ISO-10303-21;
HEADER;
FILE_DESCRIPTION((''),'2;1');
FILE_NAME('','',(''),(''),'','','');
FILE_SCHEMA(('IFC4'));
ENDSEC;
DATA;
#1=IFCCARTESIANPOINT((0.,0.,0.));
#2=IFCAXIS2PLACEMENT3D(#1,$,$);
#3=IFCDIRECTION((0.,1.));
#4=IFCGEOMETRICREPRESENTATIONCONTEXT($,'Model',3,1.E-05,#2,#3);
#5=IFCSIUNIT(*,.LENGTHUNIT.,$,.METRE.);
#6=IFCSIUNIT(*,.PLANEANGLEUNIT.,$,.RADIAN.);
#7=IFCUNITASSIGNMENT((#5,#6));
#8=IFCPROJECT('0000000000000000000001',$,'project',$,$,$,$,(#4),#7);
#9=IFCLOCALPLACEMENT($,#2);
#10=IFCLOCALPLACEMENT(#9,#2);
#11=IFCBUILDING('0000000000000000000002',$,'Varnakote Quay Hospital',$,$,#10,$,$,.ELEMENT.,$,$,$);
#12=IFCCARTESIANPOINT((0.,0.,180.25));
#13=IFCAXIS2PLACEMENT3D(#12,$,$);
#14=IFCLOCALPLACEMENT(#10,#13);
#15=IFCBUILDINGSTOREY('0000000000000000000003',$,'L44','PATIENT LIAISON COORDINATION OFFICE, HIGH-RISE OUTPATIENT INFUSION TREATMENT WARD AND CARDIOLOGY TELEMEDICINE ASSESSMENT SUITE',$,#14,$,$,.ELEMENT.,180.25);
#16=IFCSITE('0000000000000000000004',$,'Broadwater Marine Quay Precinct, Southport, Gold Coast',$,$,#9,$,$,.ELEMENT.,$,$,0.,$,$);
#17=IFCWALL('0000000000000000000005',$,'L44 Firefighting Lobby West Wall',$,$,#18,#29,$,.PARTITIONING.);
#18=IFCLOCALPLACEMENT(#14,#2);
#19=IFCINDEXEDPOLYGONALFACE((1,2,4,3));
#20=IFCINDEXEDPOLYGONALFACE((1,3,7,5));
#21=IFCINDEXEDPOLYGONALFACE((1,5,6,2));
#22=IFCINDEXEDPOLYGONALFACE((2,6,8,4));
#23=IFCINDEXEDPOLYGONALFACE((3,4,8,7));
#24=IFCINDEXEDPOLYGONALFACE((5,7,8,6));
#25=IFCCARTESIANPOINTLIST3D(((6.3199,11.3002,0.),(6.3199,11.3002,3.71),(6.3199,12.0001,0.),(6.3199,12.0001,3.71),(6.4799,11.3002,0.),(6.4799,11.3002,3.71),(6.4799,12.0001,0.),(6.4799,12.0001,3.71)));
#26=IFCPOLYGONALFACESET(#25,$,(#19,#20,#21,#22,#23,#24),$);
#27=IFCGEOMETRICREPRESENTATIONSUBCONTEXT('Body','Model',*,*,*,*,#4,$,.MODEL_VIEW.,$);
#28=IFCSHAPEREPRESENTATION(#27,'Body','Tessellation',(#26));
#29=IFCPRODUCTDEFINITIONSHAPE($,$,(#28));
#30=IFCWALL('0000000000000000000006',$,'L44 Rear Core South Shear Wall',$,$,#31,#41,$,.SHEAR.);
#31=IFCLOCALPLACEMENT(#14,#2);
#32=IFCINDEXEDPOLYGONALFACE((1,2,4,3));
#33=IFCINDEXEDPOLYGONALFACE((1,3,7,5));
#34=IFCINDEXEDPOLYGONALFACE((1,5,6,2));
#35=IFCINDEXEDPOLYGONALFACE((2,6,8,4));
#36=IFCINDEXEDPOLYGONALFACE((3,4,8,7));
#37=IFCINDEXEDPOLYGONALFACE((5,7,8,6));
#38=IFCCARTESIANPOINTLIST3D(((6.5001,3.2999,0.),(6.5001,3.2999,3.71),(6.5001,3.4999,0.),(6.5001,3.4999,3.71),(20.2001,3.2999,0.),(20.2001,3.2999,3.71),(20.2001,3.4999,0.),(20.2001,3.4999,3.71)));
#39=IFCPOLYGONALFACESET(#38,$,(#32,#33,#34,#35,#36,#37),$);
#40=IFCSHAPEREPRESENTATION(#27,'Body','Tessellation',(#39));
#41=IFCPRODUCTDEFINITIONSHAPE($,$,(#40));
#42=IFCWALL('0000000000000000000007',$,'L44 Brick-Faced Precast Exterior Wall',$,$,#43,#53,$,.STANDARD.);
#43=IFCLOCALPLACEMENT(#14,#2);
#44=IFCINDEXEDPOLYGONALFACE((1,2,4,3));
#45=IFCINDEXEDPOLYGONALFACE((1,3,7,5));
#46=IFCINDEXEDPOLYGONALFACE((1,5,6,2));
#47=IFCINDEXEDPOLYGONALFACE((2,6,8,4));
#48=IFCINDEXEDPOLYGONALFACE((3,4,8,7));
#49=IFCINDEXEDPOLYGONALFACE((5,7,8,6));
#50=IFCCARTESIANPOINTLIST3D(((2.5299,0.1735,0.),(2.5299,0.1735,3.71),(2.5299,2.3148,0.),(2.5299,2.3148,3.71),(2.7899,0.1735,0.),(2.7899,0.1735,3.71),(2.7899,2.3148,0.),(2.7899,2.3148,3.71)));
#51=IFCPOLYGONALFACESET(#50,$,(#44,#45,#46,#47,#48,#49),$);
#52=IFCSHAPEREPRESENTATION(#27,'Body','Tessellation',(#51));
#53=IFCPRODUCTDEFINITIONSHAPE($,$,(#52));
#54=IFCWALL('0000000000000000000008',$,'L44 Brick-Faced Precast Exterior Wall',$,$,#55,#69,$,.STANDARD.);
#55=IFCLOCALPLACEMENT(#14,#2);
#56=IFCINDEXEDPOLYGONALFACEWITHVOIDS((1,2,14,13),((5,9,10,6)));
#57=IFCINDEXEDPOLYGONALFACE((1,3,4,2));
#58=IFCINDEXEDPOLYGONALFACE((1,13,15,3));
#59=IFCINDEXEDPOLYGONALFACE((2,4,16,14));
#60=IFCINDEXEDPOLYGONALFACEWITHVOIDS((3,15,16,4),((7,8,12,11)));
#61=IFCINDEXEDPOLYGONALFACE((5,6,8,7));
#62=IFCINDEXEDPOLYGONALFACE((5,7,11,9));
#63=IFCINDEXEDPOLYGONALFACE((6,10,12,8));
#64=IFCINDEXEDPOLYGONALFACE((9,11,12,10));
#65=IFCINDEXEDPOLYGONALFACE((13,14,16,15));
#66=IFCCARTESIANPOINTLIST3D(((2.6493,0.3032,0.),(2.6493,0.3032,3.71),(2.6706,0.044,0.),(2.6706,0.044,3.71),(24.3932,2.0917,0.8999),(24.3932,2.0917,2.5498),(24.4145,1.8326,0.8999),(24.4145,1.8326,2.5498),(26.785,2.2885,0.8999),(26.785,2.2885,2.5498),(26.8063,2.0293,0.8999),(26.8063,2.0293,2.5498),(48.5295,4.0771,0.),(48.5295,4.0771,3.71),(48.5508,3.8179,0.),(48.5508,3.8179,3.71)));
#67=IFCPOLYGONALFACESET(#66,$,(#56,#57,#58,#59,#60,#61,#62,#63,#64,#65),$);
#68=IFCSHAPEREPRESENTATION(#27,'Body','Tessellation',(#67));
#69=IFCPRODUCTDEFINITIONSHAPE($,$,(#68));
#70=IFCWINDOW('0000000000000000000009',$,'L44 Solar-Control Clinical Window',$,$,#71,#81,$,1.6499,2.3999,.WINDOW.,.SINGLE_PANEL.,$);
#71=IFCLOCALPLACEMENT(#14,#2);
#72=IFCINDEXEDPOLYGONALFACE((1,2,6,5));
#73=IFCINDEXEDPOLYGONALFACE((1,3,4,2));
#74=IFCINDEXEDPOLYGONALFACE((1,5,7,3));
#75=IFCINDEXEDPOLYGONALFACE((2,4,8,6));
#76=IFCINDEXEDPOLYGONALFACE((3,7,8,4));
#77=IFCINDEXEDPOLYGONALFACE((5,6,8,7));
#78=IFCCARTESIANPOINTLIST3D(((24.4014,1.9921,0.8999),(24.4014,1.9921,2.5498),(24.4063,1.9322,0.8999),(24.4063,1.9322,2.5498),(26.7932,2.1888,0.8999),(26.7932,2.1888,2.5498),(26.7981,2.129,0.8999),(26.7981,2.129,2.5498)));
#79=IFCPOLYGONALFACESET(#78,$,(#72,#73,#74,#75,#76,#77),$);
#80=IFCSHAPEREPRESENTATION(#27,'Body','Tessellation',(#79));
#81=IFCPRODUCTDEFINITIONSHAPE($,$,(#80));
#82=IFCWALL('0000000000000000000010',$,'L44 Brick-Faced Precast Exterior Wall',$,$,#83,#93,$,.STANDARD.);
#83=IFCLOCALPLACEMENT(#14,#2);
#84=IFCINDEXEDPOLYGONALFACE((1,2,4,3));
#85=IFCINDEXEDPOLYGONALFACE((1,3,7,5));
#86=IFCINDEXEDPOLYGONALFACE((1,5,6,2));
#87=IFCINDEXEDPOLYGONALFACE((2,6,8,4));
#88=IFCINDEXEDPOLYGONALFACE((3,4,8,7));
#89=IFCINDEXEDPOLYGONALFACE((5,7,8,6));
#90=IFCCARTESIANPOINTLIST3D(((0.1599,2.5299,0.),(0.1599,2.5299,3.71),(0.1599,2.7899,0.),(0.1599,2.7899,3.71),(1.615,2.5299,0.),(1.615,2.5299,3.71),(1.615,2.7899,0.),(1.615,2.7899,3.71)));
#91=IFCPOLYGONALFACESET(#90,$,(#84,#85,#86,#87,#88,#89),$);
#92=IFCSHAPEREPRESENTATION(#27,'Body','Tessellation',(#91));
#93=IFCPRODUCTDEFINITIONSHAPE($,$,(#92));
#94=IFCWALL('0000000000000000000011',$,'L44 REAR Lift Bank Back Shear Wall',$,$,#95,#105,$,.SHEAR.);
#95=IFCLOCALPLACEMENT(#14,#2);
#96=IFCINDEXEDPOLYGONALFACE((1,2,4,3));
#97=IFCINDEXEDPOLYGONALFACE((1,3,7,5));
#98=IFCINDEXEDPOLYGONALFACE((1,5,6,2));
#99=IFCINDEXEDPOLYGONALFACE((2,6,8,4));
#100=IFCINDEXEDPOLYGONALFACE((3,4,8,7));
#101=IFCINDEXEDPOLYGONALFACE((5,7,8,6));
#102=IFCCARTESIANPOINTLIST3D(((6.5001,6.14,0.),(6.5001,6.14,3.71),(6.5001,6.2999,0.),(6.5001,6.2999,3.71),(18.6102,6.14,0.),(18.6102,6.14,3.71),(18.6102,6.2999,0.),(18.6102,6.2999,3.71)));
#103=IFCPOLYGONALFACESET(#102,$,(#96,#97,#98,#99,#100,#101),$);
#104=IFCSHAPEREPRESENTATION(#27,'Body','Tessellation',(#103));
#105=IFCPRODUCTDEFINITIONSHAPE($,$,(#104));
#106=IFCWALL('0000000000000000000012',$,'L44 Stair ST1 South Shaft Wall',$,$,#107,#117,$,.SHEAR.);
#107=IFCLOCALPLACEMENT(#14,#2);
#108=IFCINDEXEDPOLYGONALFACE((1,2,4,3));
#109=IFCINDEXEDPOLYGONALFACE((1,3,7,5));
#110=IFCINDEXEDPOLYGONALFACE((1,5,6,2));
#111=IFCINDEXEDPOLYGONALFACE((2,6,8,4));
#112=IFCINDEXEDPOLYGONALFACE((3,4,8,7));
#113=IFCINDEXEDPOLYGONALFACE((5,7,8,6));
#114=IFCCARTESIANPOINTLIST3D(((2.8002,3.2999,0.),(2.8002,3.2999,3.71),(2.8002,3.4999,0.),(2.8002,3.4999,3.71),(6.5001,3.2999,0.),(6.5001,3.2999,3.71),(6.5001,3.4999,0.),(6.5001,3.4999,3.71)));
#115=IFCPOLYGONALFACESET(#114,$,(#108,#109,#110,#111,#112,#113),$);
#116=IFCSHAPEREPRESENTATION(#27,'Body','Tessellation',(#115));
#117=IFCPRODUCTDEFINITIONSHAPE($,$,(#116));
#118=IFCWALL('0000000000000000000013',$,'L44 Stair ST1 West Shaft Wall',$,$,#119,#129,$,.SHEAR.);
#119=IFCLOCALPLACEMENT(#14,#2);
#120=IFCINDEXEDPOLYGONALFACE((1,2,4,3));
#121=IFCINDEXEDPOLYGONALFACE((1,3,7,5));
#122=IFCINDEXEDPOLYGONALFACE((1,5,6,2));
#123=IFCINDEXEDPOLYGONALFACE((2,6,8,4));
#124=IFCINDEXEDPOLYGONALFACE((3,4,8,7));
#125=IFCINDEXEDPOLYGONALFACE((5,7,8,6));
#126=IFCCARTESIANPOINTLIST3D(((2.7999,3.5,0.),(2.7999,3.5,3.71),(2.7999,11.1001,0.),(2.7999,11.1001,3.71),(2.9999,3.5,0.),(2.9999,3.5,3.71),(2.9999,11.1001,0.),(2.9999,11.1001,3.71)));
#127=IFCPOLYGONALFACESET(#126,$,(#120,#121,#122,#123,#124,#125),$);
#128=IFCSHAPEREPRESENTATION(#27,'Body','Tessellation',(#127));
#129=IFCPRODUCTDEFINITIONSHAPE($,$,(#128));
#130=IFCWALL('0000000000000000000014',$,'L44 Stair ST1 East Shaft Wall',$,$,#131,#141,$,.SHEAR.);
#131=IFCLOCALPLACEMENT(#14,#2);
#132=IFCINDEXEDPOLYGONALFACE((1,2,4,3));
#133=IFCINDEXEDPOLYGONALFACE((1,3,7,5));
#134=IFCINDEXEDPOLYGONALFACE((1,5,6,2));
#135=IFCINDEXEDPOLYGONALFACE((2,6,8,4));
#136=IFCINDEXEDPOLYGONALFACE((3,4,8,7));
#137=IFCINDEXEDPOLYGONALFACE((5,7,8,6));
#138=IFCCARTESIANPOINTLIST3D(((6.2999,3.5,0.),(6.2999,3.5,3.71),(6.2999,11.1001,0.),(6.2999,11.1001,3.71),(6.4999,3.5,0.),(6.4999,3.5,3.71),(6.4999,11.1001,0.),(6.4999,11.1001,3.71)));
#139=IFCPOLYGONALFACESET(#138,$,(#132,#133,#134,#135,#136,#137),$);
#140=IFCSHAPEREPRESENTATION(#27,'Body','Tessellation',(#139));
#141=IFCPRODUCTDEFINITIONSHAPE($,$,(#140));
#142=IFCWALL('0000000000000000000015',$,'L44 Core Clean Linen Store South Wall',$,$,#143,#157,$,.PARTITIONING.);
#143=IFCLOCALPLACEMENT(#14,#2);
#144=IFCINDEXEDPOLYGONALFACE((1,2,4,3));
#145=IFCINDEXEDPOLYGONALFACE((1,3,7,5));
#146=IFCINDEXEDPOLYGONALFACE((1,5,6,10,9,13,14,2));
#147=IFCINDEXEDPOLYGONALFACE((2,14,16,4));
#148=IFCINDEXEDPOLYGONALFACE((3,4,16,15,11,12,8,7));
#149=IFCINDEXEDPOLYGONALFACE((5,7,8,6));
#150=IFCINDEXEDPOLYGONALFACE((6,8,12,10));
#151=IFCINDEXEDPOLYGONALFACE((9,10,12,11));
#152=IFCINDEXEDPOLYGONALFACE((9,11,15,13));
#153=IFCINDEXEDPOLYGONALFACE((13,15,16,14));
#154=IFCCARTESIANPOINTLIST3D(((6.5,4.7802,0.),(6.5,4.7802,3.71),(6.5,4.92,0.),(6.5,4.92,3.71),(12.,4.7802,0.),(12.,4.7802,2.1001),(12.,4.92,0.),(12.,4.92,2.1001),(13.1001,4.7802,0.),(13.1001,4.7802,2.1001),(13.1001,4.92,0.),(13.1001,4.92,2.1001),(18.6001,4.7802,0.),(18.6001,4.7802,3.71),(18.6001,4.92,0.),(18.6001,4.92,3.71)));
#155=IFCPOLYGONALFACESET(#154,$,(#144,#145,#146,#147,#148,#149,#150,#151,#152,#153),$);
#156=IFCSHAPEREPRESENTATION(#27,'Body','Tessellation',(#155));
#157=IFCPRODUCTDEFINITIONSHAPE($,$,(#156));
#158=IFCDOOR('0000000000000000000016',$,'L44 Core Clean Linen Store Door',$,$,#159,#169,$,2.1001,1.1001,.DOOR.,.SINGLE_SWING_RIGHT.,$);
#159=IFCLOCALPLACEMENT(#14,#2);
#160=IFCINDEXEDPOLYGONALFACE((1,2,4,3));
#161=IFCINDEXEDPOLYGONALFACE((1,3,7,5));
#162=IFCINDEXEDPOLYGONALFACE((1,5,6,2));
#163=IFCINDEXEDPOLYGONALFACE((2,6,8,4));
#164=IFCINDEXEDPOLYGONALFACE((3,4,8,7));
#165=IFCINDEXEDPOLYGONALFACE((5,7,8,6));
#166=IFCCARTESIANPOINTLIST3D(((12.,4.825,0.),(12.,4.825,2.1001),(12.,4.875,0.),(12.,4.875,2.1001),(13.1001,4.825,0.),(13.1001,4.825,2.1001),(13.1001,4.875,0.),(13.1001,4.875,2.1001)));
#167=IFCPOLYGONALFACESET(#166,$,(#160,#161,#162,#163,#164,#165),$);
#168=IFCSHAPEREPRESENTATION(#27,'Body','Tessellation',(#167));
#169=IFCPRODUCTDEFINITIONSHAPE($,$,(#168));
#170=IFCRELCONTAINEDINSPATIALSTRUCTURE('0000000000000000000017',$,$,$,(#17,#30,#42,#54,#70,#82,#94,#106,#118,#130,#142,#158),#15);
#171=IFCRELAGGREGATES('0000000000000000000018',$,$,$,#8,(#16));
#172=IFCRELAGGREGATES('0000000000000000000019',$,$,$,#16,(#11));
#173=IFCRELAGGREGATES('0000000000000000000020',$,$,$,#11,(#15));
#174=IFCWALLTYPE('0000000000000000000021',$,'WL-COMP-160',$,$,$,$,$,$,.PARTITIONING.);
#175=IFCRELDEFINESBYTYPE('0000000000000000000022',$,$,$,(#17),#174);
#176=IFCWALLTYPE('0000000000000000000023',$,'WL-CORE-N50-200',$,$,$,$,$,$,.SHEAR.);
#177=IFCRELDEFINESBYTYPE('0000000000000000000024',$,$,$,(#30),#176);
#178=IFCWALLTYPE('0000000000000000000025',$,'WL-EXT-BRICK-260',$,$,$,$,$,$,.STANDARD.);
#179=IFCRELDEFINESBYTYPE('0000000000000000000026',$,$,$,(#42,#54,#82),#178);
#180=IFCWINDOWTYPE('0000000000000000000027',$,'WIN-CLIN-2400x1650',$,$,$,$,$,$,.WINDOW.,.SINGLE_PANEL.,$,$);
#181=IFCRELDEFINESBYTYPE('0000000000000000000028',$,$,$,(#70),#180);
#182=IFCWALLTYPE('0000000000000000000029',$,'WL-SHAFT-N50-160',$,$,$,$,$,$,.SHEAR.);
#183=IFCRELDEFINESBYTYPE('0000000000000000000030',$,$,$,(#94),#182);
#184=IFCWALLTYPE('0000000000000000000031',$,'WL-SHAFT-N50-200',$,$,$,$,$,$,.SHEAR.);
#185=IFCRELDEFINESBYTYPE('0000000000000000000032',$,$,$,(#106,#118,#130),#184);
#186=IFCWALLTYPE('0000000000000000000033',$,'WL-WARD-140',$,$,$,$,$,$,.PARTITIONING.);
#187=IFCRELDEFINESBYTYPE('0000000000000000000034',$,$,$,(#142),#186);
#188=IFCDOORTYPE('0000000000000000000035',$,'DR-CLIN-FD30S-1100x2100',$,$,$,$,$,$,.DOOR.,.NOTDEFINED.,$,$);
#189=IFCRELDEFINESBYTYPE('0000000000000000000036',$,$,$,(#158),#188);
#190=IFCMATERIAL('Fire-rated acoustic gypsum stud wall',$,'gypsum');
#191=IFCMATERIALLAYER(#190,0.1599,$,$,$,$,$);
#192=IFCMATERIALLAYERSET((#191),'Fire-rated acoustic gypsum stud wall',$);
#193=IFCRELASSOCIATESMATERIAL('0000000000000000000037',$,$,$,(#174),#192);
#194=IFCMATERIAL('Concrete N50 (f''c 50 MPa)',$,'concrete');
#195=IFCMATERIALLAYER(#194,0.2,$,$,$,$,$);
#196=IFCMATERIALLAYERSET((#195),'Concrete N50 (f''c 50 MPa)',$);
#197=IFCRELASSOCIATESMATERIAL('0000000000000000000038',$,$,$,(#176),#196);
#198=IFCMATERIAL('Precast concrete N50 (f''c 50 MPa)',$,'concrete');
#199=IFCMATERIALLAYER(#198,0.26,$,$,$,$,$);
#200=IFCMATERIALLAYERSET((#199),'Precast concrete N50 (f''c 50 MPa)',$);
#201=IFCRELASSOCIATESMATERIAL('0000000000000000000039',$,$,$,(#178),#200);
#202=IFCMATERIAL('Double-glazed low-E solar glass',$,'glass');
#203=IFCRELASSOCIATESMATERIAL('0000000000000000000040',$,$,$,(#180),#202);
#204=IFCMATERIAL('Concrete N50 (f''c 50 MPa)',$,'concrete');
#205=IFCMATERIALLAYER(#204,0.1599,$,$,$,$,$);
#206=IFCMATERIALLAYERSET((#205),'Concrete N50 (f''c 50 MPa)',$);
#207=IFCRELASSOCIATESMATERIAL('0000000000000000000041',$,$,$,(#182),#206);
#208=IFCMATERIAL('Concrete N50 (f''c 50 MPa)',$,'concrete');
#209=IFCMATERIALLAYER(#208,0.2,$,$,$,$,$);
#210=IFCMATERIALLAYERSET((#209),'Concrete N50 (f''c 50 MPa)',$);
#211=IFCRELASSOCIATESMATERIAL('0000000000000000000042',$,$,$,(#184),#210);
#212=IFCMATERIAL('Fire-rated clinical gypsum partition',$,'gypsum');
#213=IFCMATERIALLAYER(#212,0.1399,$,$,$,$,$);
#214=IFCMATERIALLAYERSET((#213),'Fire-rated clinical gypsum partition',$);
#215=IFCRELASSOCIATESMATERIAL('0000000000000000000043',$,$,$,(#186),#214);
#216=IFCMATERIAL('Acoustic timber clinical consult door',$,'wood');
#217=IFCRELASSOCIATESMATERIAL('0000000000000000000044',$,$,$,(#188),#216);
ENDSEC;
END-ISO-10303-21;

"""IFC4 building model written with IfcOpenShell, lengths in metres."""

from ifc_helpers import new_model, si_unit, direction, frame, frame_2d, origin, place, context, subcontext, project, spatial, rectangle, extrude, material, layer, layer_set, type_object, element, fill, save


model = new_model("IFC4")

# Units and contexts
model_context = context("Model", 3, precision=1e-05, world=origin(), true_north=direction((0.0, 1.0)))
body_context = subcontext(model_context, "Body", "Model", "MODEL_VIEW")
ifc_project = project(units=[si_unit("LENGTHUNIT", "METRE"), si_unit("PLANEANGLEUNIT", "RADIAN")], contexts=[model_context])

# Site, building, storey
site_placement = place(None, origin())
site = spatial("IfcSite", under=ifc_project, at=site_placement, Name="Broadwater Marine Quay Precinct, Southport, Gold Coast", CompositionType="ELEMENT", RefElevation=0.0)
building_placement = place(site_placement, origin())
building = spatial("IfcBuilding", under=site, at=building_placement, Name="Varnakote Quay Hospital", CompositionType="ELEMENT")
storey_placement = place(building_placement, frame((0.0, 0.0, 180.25)))
storey = spatial("IfcBuildingStorey", under=building, at=storey_placement, Name="L44", Description="PATIENT LIAISON COORDINATION OFFICE, HIGH-RISE OUTPATIENT INFUSION TREATMENT WARD AND CARDIOLOGY TELEMEDICINE ASSESSMENT SUITE", CompositionType="ELEMENT", Elevation=180.25)

# Walls
ifc_material_1 = material(Name="Fire-rated acoustic gypsum stud wall", Category="gypsum")
ifc_layer_1 = layer(ifc_material_1, 0.1599)
ifc_layer_set_1 = layer_set([ifc_layer_1], Name="Fire-rated acoustic gypsum stud wall")
wall_type_1 = type_object("IfcWallType", Name="WL-COMP-160", PredefinedType="PARTITIONING", material=ifc_layer_set_1)
for number, where, z_axis, x_axis, name in (
    (1, (6.3999, 11.3, 0.0), (0.0, 0.0, 1.0), (0.0, 1.0, 0.0), "L44 Firefighting Lobby West Wall"),
):
    element("IfcWall", number, at=place(storey_placement, frame(where, z_axis=z_axis, x_axis=x_axis)), inside=storey, type_object=wall_type_1, Name=name, PredefinedType="PARTITIONING", context=body_context, shape_type="SweptSolid", body=[
        extrude(rectangle(XDim=0.7, YDim=0.1599, at=frame_2d((0.3501, 0.0))), origin(), (0.0, 0.0, 1.0), 3.71),
    ])
ifc_material_2 = material(Name="Concrete N50 (f'c 50 MPa)", Category="concrete")
ifc_layer_2 = layer(ifc_material_2, 0.2)
ifc_layer_set_2 = layer_set([ifc_layer_2], Name="Concrete N50 (f'c 50 MPa)")
wall_type_2 = type_object("IfcWallType", Name="WL-CORE-N50-200", PredefinedType="SHEAR", material=ifc_layer_set_2)
wall_1_placement = place(storey_placement, frame((6.5, 3.3999, 0.0), z_axis=(0.0, 0.0, 1.0), x_axis=(1.0, 0.0, 0.0)))
element("IfcWall", 2, at=wall_1_placement, inside=storey, type_object=wall_type_2, Name="L44 Rear Core South Shear Wall", PredefinedType="SHEAR", context=body_context, shape_type="SweptSolid", body=[
    extrude(rectangle(XDim=13.7, YDim=0.2, at=frame_2d((6.8501, 0.0))), origin(), (0.0, 0.0, 1.0), 3.71),
])
ifc_material_3 = material(Name="Precast concrete N50 (f'c 50 MPa)", Category="concrete")
ifc_layer_3 = layer(ifc_material_3, 0.26)
ifc_layer_set_3 = layer_set([ifc_layer_3], Name="Precast concrete N50 (f'c 50 MPa)")
wall_type_3 = type_object("IfcWallType", Name="WL-EXT-BRICK-260", PredefinedType="STANDARD", material=ifc_layer_set_3)
wall_2_placement = place(storey_placement, frame((2.6599, 2.3149, 0.0), z_axis=(0.0, 0.0, 1.0), x_axis=(0.0, -1.0, 0.0)))
element("IfcWall", 3, at=wall_2_placement, inside=storey, type_object=wall_type_3, Name="L44 Brick-Faced Precast Exterior Wall", PredefinedType="STANDARD", context=body_context, shape_type="SweptSolid", body=[
    extrude(rectangle(XDim=2.1414, YDim=0.26, at=frame_2d((1.0708, 0.0))), origin(), (0.0, 0.0, 1.0), 3.71),
])

# Wall, opening, window
wall_3_placement = place(storey_placement, frame((2.6599, 0.1736, 0.0), z_axis=(0.0, 0.0, 1.0), x_axis=(0.996634, 0.081979, 0.0)))
wall_3 = element("IfcWall", 4, at=wall_3_placement, inside=storey, type_object=wall_type_3, Name="L44 Brick-Faced Precast Exterior Wall", PredefinedType="STANDARD", context=body_context, shape_type="SweptSolid", body=[
    extrude(rectangle(XDim=46.0352, YDim=0.26, at=frame_2d((23.0176, 0.0))), origin(), (0.0, 0.0, 1.0), 3.71),
])
opening_1_placement = place(wall_3_placement, frame((21.8174, 0.0, 0.8999)))
opening_1 = element("IfcOpeningElement", 5, at=opening_1_placement, cuts=wall_3, PredefinedType="OPENING", context=body_context, shape_type="SweptSolid", body=[
    extrude(rectangle(XDim=2.3999, YDim=1.6499, at=frame_2d((1.2, 0.825))), frame((0.0, 0.1399, 0.0), z_axis=(0.0, -1.0, 0.0), x_axis=(1.0, 0.0, 0.0)), (0.0, 0.0, 1.0), 0.28),
])
ifc_material_4 = material(Name="Double-glazed low-E solar glass", Category="glass")
window_type = type_object("IfcWindowType", Name="WIN-CLIN-2400x1650", PartitioningType="SINGLE_PANEL", PredefinedType="WINDOW", material=ifc_material_4)
window_placement = place(opening_1_placement, origin())
window = element("IfcWindow", 6, at=window_placement, inside=storey, type_object=window_type, Name="L44 Solar-Control Clinical Window", OverallHeight=1.6499, OverallWidth=2.3999, PartitioningType="SINGLE_PANEL", PredefinedType="WINDOW", context=body_context, shape_type="SweptSolid", body=[
    extrude(rectangle(XDim=2.3999, YDim=1.6499, at=frame_2d((1.2, 0.825))), frame((0.0, 0.03, 0.0), z_axis=(0.0, -1.0, 0.0), x_axis=(1.0, 0.0, 0.0)), (0.0, 0.0, 1.0), 0.0601),
])
fill(opening_1, window)

# Walls
wall_4_placement = place(storey_placement, frame((0.1599, 2.6599, 0.0), z_axis=(0.0, 0.0, 1.0), x_axis=(1.0, 0.0, 0.0)))
element("IfcWall", 7, at=wall_4_placement, inside=storey, type_object=wall_type_3, Name="L44 Brick-Faced Precast Exterior Wall", PredefinedType="STANDARD", context=body_context, shape_type="SweptSolid", body=[
    extrude(rectangle(XDim=1.4551, YDim=0.26, at=frame_2d((0.7275, 0.0))), origin(), (0.0, 0.0, 1.0), 3.71),
])
ifc_material_5 = material(Name="Concrete N50 (f'c 50 MPa)", Category="concrete")
ifc_layer_4 = layer(ifc_material_5, 0.1599)
ifc_layer_set_4 = layer_set([ifc_layer_4], Name="Concrete N50 (f'c 50 MPa)")
wall_type_4 = type_object("IfcWallType", Name="WL-SHAFT-N50-160", PredefinedType="SHEAR", material=ifc_layer_set_4)
wall_5_placement = place(storey_placement, frame((6.5, 6.22, 0.0), z_axis=(0.0, 0.0, 1.0), x_axis=(1.0, 0.0, 0.0)))
element("IfcWall", 8, at=wall_5_placement, inside=storey, type_object=wall_type_4, Name="L44 REAR Lift Bank Back Shear Wall", PredefinedType="SHEAR", context=body_context, shape_type="SweptSolid", body=[
    extrude(rectangle(XDim=12.1101, YDim=0.1599, at=frame_2d((6.0552, 0.0))), origin(), (0.0, 0.0, 1.0), 3.71),
])
ifc_material_6 = material(Name="Concrete N50 (f'c 50 MPa)", Category="concrete")
ifc_layer_5 = layer(ifc_material_6, 0.2)
ifc_layer_set_5 = layer_set([ifc_layer_5], Name="Concrete N50 (f'c 50 MPa)")
wall_type_5 = type_object("IfcWallType", Name="WL-SHAFT-N50-200", PredefinedType="SHEAR", material=ifc_layer_set_5)
wall_6_placement = place(storey_placement, frame((2.8, 3.3999, 0.0), z_axis=(0.0, 0.0, 1.0), x_axis=(1.0, 0.0, 0.0)))
element("IfcWall", 9, at=wall_6_placement, inside=storey, type_object=wall_type_5, Name="L44 Stair ST1 South Shaft Wall", PredefinedType="SHEAR", context=body_context, shape_type="SweptSolid", body=[
    extrude(rectangle(XDim=3.7, YDim=0.2, at=frame_2d((1.8501, 0.0))), origin(), (0.0, 0.0, 1.0), 3.71),
])
for number, where, z_axis, x_axis, name in (
    (10, (2.8999, 3.5, 0.0), (0.0, 0.0, 1.0), (0.0, 1.0, 0.0), "L44 Stair ST1 West Shaft Wall"),
    (11, (6.3999, 3.5, 0.0), (0.0, 0.0, 1.0), (0.0, 1.0, 0.0), "L44 Stair ST1 East Shaft Wall"),
):
    element("IfcWall", number, at=place(storey_placement, frame(where, z_axis=z_axis, x_axis=x_axis)), inside=storey, type_object=wall_type_5, Name=name, PredefinedType="SHEAR", context=body_context, shape_type="SweptSolid", body=[
        extrude(rectangle(XDim=7.6001, YDim=0.2, at=frame_2d((3.8, 0.0))), origin(), (0.0, 0.0, 1.0), 3.71),
    ])

# Wall, opening, door
ifc_material_7 = material(Name="Fire-rated clinical gypsum partition", Category="gypsum")
ifc_layer_6 = layer(ifc_material_7, 0.1399)
ifc_layer_set_6 = layer_set([ifc_layer_6], Name="Fire-rated clinical gypsum partition")
wall_type_6 = type_object("IfcWallType", Name="WL-WARD-140", PredefinedType="PARTITIONING", material=ifc_layer_set_6)
wall_7_placement = place(storey_placement, frame((6.5, 4.8501, 0.0), z_axis=(0.0, 0.0, 1.0), x_axis=(1.0, 0.0, 0.0)))
wall_7 = element("IfcWall", 12, at=wall_7_placement, inside=storey, type_object=wall_type_6, Name="L44 Core Clean Linen Store South Wall", PredefinedType="PARTITIONING", context=body_context, shape_type="SweptSolid", body=[
    extrude(rectangle(XDim=12.1001, YDim=0.1399, at=frame_2d((6.05, 0.0))), origin(), (0.0, 0.0, 1.0), 3.71),
])
opening_2_placement = place(wall_7_placement, frame((5.5, 0.0, 0.0)))
opening_2 = element("IfcOpeningElement", 13, at=opening_2_placement, cuts=wall_7, PredefinedType="OPENING", context=body_context, shape_type="SweptSolid", body=[
    extrude(rectangle(XDim=1.1001, YDim=2.1001, at=frame_2d((0.55, 1.05))), frame((0.0, 0.0798, 0.0), z_axis=(0.0, -1.0, 0.0), x_axis=(1.0, 0.0, 0.0)), (0.0, 0.0, 1.0), 0.1599),
])
ifc_material_8 = material(Name="Acoustic timber clinical consult door", Category="wood")
door_type_1 = type_object("IfcDoorType", Name="DR-CLIN-FD30S-1100x2100", OperationType="NOTDEFINED", PredefinedType="DOOR", material=ifc_material_8)
door_1_placement = place(opening_2_placement, origin())
door_1 = element("IfcDoor", 14, at=door_1_placement, inside=storey, type_object=door_type_1, Name="L44 Core Clean Linen Store Door", OperationType="SINGLE_SWING_RIGHT", OverallHeight=2.1001, OverallWidth=1.1001, PredefinedType="DOOR", context=body_context, shape_type="SweptSolid", body=[
    extrude(rectangle(XDim=1.1001, YDim=2.1001, at=frame_2d((0.55, 1.05))), frame((0.0, 0.0249, 0.0), z_axis=(0.0, -1.0, 0.0), x_axis=(1.0, 0.0, 0.0)), (0.0, 0.0, 1.0), 0.05),
])
fill(opening_2, door_1)

save(model, "model.ifc")
